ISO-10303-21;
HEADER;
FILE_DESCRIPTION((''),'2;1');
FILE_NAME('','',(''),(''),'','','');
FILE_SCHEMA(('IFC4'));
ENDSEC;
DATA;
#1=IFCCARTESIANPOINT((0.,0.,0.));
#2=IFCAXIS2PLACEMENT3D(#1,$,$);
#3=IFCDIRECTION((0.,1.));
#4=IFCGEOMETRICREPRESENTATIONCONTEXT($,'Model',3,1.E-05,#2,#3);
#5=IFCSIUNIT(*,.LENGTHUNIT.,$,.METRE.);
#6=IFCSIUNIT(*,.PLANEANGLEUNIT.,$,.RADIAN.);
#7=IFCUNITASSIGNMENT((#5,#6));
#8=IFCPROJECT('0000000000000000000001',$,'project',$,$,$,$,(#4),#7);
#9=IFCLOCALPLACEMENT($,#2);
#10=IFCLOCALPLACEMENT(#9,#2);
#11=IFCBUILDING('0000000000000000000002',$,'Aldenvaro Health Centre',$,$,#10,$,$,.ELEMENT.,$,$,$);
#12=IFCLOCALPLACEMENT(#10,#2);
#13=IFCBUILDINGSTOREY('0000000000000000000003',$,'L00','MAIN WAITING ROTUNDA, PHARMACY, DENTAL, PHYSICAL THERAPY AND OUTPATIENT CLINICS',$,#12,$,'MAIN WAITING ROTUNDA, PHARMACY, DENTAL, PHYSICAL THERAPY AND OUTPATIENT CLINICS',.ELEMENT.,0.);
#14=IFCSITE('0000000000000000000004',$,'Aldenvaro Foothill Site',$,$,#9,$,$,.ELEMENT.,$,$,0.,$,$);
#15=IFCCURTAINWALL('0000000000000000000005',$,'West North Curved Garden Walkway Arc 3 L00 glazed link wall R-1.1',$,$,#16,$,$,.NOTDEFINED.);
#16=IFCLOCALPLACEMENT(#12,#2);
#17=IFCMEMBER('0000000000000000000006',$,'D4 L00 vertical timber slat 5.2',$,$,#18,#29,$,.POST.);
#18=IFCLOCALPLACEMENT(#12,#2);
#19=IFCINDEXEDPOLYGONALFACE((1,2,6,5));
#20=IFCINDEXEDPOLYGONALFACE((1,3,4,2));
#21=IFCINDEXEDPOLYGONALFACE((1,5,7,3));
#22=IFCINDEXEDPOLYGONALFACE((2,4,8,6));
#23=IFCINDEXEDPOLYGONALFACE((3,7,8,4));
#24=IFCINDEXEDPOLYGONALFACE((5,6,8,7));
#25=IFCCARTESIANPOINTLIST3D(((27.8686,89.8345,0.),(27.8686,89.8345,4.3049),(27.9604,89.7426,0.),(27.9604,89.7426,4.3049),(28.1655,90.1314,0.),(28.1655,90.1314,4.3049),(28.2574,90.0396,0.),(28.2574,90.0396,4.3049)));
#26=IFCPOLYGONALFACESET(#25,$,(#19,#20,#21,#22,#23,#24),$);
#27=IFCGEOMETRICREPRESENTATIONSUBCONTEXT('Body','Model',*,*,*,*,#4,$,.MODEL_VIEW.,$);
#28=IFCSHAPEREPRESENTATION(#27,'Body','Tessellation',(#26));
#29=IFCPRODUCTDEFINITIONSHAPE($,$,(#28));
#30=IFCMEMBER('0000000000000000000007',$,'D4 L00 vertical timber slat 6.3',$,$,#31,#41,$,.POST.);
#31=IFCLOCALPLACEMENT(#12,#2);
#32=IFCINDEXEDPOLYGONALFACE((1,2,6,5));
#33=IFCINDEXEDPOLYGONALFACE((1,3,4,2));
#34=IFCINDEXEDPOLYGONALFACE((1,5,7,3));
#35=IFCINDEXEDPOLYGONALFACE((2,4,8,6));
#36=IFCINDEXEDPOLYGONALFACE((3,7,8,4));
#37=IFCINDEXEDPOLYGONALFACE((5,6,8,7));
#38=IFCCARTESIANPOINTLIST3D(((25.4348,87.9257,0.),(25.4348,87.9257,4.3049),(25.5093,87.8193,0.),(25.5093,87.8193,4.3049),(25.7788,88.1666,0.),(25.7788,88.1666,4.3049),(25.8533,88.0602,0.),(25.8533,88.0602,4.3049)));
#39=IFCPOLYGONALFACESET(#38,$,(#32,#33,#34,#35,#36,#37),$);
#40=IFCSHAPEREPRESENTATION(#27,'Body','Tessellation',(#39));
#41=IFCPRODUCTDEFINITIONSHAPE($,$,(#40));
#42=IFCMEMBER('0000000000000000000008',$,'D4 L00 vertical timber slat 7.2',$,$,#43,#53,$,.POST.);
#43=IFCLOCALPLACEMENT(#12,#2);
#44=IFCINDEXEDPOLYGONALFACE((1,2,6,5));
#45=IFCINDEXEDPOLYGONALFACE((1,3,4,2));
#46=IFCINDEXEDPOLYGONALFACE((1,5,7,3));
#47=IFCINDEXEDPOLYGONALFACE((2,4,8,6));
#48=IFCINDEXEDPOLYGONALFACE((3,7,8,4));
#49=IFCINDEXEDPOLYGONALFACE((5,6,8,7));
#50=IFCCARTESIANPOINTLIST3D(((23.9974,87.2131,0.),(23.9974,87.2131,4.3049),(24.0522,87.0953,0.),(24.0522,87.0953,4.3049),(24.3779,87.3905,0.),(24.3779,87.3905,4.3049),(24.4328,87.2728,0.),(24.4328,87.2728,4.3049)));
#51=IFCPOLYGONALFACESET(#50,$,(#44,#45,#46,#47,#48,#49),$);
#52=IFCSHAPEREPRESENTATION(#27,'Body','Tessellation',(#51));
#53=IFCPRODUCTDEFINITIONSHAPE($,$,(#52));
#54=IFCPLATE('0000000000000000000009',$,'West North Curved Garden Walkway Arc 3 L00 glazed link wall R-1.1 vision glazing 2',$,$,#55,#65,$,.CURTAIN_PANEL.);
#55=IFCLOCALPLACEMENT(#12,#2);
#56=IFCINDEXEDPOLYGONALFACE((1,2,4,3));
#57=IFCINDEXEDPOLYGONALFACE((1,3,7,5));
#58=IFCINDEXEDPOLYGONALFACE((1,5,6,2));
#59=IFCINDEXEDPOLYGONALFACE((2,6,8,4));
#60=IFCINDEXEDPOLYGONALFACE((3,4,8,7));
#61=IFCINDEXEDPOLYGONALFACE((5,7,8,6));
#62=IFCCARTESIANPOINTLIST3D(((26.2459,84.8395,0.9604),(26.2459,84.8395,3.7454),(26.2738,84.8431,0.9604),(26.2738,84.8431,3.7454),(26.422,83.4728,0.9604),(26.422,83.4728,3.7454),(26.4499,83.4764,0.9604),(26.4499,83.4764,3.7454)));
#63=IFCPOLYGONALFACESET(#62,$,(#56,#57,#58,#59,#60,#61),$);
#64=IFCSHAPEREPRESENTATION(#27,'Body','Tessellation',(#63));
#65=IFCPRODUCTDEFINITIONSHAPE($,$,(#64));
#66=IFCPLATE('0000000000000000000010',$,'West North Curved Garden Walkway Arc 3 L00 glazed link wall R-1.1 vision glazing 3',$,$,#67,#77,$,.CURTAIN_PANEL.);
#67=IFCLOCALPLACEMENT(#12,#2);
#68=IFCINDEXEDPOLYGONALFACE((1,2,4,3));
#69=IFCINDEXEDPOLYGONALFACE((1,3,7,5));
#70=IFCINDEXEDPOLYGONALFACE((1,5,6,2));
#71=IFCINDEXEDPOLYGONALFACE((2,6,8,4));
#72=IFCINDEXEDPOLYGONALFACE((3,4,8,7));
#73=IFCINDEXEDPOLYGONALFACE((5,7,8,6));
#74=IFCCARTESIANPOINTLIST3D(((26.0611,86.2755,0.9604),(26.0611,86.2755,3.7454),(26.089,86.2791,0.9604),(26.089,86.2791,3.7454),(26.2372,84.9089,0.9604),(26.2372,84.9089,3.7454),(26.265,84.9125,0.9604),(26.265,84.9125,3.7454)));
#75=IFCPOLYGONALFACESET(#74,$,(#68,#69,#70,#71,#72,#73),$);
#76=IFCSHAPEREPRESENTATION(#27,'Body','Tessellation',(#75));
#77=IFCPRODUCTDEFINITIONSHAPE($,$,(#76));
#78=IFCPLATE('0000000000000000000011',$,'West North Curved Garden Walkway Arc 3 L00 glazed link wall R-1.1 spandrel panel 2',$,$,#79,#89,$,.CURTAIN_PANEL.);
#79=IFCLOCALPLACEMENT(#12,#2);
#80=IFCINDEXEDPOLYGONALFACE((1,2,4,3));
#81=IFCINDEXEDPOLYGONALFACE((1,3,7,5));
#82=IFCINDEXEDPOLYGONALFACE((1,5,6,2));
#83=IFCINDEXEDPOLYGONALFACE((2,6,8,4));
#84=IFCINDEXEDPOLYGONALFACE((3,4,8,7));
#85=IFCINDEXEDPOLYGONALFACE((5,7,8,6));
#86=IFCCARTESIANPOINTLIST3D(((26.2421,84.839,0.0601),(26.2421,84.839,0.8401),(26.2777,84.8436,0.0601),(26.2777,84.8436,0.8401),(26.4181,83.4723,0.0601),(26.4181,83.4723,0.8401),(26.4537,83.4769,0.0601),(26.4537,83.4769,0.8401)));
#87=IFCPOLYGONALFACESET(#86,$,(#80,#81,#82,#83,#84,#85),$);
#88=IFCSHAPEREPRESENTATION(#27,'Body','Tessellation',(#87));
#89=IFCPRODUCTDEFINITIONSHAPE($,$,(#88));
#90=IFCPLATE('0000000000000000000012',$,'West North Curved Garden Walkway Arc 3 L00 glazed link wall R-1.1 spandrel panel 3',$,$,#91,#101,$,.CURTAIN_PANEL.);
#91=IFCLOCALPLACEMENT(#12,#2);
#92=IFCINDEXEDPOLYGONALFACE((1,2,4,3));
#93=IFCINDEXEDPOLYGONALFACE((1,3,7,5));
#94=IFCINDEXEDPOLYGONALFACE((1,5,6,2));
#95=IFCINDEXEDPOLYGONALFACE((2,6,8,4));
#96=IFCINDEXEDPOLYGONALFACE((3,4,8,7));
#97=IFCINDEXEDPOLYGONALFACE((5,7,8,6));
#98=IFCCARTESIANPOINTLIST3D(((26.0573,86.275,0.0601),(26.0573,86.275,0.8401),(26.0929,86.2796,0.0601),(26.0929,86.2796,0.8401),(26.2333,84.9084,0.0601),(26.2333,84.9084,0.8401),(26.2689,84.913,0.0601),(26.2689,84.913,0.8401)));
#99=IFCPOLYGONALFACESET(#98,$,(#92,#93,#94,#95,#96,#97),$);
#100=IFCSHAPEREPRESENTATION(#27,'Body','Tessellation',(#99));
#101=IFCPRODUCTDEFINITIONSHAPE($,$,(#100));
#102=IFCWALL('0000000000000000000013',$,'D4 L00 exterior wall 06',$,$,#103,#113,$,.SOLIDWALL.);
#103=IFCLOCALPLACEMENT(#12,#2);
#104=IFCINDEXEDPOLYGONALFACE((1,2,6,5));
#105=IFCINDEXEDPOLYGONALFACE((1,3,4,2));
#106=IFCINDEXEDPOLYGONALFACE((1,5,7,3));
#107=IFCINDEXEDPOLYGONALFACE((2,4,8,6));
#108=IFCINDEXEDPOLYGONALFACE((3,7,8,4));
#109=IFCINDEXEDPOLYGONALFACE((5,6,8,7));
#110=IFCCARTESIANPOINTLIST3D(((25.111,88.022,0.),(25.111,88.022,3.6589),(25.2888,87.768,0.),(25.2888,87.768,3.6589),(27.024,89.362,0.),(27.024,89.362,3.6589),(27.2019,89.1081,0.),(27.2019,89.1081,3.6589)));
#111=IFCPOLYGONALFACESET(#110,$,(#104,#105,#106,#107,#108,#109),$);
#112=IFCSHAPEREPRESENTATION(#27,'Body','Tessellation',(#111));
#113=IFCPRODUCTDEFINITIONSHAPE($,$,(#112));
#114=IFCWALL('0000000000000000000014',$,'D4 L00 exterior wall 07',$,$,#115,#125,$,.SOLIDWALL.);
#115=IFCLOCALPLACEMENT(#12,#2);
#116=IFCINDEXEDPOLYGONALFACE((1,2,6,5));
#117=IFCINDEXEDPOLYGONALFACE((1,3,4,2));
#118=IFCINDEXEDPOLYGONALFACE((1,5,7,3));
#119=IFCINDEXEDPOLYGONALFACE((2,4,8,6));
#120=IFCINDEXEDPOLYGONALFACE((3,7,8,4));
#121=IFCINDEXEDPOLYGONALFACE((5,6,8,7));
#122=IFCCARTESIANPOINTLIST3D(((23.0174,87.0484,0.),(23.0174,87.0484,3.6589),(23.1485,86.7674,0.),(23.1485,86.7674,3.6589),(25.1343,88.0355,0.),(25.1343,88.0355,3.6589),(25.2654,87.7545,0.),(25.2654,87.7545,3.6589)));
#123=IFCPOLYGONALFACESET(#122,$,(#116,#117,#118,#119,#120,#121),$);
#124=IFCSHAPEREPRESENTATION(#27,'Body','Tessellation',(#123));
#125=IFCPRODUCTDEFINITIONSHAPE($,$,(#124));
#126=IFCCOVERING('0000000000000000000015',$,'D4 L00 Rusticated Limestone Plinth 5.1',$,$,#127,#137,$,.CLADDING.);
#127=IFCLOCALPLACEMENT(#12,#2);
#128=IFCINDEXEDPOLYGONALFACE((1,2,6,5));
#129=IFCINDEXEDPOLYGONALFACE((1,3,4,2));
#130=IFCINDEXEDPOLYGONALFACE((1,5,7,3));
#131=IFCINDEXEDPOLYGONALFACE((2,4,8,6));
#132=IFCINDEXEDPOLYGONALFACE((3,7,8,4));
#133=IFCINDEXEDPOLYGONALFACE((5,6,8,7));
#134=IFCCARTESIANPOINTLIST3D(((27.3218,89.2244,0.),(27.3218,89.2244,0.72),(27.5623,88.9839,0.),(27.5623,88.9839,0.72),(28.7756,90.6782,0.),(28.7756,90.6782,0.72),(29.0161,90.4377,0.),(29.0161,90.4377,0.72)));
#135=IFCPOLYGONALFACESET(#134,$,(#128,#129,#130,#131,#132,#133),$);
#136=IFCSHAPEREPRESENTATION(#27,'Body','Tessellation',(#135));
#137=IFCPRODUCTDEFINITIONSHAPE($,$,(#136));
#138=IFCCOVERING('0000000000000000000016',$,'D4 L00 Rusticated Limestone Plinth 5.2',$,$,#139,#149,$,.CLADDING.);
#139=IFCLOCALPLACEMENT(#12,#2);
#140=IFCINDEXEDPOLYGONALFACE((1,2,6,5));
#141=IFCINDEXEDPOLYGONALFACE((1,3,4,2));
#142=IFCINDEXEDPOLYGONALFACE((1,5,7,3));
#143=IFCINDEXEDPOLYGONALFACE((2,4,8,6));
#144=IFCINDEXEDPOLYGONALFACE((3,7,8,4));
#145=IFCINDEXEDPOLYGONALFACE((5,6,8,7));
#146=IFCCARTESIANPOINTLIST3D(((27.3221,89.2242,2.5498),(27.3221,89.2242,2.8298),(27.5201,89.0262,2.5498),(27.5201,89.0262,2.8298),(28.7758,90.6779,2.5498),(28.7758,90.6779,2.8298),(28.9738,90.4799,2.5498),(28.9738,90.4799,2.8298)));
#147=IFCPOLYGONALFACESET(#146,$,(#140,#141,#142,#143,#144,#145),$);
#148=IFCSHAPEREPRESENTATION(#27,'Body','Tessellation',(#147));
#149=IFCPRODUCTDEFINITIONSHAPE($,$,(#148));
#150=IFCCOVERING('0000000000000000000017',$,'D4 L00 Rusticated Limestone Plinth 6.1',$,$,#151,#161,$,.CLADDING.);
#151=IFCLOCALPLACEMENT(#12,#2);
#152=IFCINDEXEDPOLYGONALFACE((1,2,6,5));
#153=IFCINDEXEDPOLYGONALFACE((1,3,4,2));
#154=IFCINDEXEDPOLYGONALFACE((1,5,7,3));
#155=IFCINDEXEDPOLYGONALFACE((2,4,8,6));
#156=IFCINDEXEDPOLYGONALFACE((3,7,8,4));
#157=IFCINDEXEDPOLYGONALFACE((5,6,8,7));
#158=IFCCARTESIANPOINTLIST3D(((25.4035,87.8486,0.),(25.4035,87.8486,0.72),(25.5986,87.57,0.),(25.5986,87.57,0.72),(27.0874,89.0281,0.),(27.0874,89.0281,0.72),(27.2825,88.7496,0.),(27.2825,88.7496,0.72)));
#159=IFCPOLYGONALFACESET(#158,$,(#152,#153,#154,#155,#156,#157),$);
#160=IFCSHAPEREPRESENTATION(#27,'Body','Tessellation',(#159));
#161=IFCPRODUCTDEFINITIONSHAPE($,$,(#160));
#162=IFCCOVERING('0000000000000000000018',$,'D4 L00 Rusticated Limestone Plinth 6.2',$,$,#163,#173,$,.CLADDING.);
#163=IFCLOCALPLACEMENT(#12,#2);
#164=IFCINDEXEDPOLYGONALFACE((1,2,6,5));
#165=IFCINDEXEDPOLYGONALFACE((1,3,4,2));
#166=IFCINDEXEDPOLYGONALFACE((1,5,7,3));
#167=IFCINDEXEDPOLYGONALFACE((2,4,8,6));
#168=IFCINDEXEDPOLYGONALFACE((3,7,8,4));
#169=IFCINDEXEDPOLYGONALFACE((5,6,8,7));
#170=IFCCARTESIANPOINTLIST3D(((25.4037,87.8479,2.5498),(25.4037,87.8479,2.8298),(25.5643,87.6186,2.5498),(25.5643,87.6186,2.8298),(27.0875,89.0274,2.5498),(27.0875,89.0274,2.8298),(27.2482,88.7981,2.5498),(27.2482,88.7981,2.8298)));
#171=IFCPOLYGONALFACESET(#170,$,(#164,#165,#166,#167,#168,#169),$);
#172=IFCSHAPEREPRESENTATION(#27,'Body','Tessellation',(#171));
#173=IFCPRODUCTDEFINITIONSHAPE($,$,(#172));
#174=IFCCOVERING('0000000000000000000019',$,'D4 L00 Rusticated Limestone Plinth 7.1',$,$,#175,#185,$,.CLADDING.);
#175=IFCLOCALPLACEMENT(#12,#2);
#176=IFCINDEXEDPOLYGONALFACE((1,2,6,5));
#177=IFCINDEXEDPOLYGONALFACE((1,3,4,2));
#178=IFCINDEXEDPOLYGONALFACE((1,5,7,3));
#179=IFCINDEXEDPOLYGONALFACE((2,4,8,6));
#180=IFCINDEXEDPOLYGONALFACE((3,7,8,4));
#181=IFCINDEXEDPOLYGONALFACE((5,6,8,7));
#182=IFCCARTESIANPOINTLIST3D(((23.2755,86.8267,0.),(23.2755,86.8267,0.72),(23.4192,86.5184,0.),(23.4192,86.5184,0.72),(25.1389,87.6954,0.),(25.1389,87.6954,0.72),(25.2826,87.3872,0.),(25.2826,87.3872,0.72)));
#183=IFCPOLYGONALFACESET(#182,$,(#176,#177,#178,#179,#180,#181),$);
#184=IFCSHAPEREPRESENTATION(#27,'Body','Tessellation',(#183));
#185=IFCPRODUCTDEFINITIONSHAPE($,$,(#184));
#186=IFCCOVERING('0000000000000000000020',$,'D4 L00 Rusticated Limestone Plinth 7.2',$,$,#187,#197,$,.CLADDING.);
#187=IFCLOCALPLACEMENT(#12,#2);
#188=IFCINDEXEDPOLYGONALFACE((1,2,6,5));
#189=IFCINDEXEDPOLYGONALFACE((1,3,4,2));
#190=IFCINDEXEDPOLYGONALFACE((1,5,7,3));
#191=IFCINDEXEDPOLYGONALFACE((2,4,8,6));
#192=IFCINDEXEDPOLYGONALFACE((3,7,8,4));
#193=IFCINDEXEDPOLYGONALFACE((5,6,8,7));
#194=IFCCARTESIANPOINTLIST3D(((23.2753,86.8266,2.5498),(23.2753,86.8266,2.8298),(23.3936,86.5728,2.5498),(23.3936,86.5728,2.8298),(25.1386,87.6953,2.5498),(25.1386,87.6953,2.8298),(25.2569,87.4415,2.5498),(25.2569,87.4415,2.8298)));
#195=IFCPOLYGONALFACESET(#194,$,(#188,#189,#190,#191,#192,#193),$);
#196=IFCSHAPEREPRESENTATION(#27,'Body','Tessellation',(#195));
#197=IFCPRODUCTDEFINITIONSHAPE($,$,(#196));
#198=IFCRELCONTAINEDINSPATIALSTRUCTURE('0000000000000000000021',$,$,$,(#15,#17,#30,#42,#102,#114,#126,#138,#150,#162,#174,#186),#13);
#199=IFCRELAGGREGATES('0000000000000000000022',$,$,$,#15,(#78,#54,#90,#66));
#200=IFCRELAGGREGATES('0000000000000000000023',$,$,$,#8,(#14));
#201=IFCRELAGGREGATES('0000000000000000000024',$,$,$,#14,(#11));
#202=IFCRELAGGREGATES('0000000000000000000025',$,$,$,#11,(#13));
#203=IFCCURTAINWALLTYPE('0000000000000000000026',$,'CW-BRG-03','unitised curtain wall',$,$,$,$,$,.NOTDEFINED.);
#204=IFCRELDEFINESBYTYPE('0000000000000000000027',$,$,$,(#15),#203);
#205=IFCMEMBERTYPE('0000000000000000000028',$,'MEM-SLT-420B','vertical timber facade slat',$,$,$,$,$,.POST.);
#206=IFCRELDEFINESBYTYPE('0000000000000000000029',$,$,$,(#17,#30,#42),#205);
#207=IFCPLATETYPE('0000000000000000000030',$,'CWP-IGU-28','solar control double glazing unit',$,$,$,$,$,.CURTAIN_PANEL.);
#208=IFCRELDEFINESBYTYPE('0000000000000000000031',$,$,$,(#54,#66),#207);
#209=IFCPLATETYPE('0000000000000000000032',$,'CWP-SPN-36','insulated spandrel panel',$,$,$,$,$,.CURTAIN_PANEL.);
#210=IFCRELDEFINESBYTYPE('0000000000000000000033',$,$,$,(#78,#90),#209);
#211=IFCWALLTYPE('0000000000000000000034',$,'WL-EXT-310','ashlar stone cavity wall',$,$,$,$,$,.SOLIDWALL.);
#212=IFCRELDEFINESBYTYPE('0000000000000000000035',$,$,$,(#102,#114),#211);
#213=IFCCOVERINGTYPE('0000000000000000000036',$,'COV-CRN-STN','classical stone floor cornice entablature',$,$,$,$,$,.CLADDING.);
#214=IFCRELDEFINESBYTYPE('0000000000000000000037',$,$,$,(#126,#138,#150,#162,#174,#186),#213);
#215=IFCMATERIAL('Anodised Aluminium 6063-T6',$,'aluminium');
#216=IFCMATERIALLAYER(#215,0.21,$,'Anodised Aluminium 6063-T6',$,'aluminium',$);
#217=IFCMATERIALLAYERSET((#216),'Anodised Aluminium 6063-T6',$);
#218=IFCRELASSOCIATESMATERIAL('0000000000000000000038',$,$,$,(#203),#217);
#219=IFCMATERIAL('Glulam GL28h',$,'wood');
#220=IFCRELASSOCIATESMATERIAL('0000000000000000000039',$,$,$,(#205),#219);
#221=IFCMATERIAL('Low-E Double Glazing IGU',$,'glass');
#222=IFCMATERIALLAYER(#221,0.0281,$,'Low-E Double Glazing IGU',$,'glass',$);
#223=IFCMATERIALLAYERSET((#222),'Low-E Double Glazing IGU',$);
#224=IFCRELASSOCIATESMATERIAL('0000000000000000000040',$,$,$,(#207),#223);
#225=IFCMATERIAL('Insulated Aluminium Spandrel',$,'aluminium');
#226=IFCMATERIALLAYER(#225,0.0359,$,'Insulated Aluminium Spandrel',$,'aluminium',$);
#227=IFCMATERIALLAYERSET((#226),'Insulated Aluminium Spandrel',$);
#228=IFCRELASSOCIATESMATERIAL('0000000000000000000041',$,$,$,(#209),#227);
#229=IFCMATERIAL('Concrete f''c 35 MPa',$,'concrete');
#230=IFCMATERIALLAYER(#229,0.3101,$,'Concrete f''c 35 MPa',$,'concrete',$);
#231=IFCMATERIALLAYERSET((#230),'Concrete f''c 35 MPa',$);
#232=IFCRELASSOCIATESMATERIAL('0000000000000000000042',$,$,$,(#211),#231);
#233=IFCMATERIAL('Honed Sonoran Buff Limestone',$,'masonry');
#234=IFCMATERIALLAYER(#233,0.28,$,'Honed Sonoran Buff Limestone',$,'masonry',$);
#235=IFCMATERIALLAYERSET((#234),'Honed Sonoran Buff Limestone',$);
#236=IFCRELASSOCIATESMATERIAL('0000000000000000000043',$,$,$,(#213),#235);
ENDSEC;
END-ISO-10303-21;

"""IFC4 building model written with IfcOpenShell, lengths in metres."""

from ifc_helpers import new_model, si_unit, direction, frame, frame_2d, origin, origin_2d, place, context, subcontext, project, spatial, rectangle, extrude, material, layer, layer_set, material_profile, profile_set, type_object, element, aggregate, save


model = new_model("IFC4")

# Units and contexts
model_context = context("Model", 3, precision=1e-05, world=origin(), true_north=direction((0.0, 1.0)))
body_context = subcontext(model_context, "Body", "Model", "MODEL_VIEW")
ifc_project = project(units=[si_unit("LENGTHUNIT", "METRE"), si_unit("PLANEANGLEUNIT", "RADIAN")], contexts=[model_context])

# Site, building, storey
site_placement = place(None, origin())
site = spatial("IfcSite", under=ifc_project, at=site_placement, Name="Aldenvaro Foothill Site", CompositionType="ELEMENT", RefElevation=0.0)
building_placement = place(site_placement, origin())
building = spatial("IfcBuilding", under=site, at=building_placement, Name="Aldenvaro Health Centre", CompositionType="ELEMENT")
storey_placement = place(building_placement, origin())
storey = spatial("IfcBuildingStorey", under=building, at=storey_placement, Name="L00", Description="MAIN WAITING ROTUNDA, PHARMACY, DENTAL, PHYSICAL THERAPY AND OUTPATIENT CLINICS", LongName="MAIN WAITING ROTUNDA, PHARMACY, DENTAL, PHYSICAL THERAPY AND OUTPATIENT CLINICS", CompositionType="ELEMENT", Elevation=0.0)

# Shared definitions
ifc_material_1 = material(Name="Glulam GL28h", Category="wood")

# Curtain wall
ifc_material_2 = material(Name="Anodised Aluminium 6063-T6", Category="aluminium")
ifc_layer_1 = layer(ifc_material_2, 0.21, Name="Anodised Aluminium 6063-T6", Category="aluminium")
ifc_layer_set_1 = layer_set([ifc_layer_1], Name="Anodised Aluminium 6063-T6")
curtain_wall_type = type_object("IfcCurtainWallType", Name="CW-BRG-03", Description="unitised curtain wall", PredefinedType="NOTDEFINED", material=ifc_layer_set_1)
curtain_wall_placement = place(storey_placement, origin())
curtain_wall = element("IfcCurtainWall", 1, at=curtain_wall_placement, inside=storey, type_object=curtain_wall_type, Name="West North Curved Garden Walkway Arc 3 L00 glazed link wall R-1.1", PredefinedType="NOTDEFINED")

# Members
ifc_material_profile_1 = material_profile(ifc_material_1, rectangle(XDim=0.1299, YDim=0.4199, at=origin_2d()), Name="GL 130x420", Category="wood")
ifc_profile_set_1 = profile_set([ifc_material_profile_1], Name="Glulam GL28h")
member_type_1 = type_object("IfcMemberType", Name="MEM-SLT-420B", Description="vertical timber facade slat", PredefinedType="POST", material=ifc_profile_set_1)
for number, where, z_axis, x_axis, name in (
    (2, (28.063, 89.937, 0.0), (0.0, 0.0, 1.0), (0.707107, -0.707107, 0.0), "D4 L00 vertical timber slat 5.2"),
    (3, (25.644, 87.9929, 0.0), (0.0, 0.0, 1.0), (0.573721, -0.819051, 0.0), "D4 L00 vertical timber slat 6.3"),
    (4, (24.2151, 87.2429, 0.0), (0.0, 0.0, 1.0), (0.422557, -0.906336, 0.0), "D4 L00 vertical timber slat 7.2"),
):
    element("IfcMember", number, at=place(storey_placement, frame(where, z_axis=z_axis, x_axis=x_axis)), inside=storey, type_object=member_type_1, Name=name, PredefinedType="POST", context=body_context, shape_type="SweptSolid", body=[
        extrude(rectangle(XDim=0.1299, YDim=0.4199, at=origin_2d()), origin(), (0.0, 0.0, 1.0), 4.3049),
    ])

# Plates
ifc_material_3 = material(Name="Low-E Double Glazing IGU", Category="glass")
ifc_layer_2 = layer(ifc_material_3, 0.0281, Name="Low-E Double Glazing IGU", Category="glass")
ifc_layer_set_2 = layer_set([ifc_layer_2], Name="Low-E Double Glazing IGU")
plate_type_1 = type_object("IfcPlateType", Name="CWP-IGU-28", Description="solar control double glazing unit", PredefinedType="CURTAIN_PANEL", material=ifc_layer_set_2)
plate_1_placement = place(storey_placement, frame((26.3479, 84.158, 0.9604), z_axis=(0.0, 0.0, 1.0), x_axis=(-0.127774, 0.991803, 0.0)))
plate_1 = element("IfcPlate", 5, at=plate_1_placement, type_object=plate_type_1, Name="West North Curved Garden Walkway Arc 3 L00 glazed link wall R-1.1 vision glazing 2", PredefinedType="CURTAIN_PANEL", context=body_context, shape_type="SweptSolid", body=[
    extrude(rectangle(XDim=1.3779, YDim=0.0281, at=origin_2d()), origin(), (0.0, 0.0, 1.0), 2.7849),
])
plate_2_placement = place(storey_placement, frame((26.1631, 85.594, 0.9604), z_axis=(0.0, 0.0, 1.0), x_axis=(-0.127774, 0.991803, 0.0)))
plate_2 = element("IfcPlate", 6, at=plate_2_placement, type_object=plate_type_1, Name="West North Curved Garden Walkway Arc 3 L00 glazed link wall R-1.1 vision glazing 3", PredefinedType="CURTAIN_PANEL", context=body_context, shape_type="SweptSolid", body=[
    extrude(rectangle(XDim=1.3779, YDim=0.0281, at=origin_2d()), origin(), (0.0, 0.0, 1.0), 2.7849),
])
ifc_material_4 = material(Name="Insulated Aluminium Spandrel", Category="aluminium")
ifc_layer_3 = layer(ifc_material_4, 0.0359, Name="Insulated Aluminium Spandrel", Category="aluminium")
ifc_layer_set_3 = layer_set([ifc_layer_3], Name="Insulated Aluminium Spandrel")
plate_type_2 = type_object("IfcPlateType", Name="CWP-SPN-36", Description="insulated spandrel panel", PredefinedType="CURTAIN_PANEL", material=ifc_layer_set_3)
plate_3_placement = place(storey_placement, frame((26.3479, 84.158, 0.0601), z_axis=(0.0, 0.0, 1.0), x_axis=(-0.127774, 0.991803, 0.0)))
plate_3 = element("IfcPlate", 7, at=plate_3_placement, type_object=plate_type_2, Name="West North Curved Garden Walkway Arc 3 L00 glazed link wall R-1.1 spandrel panel 2", PredefinedType="CURTAIN_PANEL", context=body_context, shape_type="SweptSolid", body=[
    extrude(rectangle(XDim=1.3779, YDim=0.0359, at=origin_2d()), origin(), (0.0, 0.0, 1.0), 0.78),
])
plate_4_placement = place(storey_placement, frame((26.1631, 85.594, 0.0601), z_axis=(0.0, 0.0, 1.0), x_axis=(-0.127774, 0.991803, 0.0)))
plate_4 = element("IfcPlate", 8, at=plate_4_placement, type_object=plate_type_2, Name="West North Curved Garden Walkway Arc 3 L00 glazed link wall R-1.1 spandrel panel 3", PredefinedType="CURTAIN_PANEL", context=body_context, shape_type="SweptSolid", body=[
    extrude(rectangle(XDim=1.3779, YDim=0.0359, at=origin_2d()), origin(), (0.0, 0.0, 1.0), 0.78),
])
aggregate(curtain_wall, [plate_3, plate_1, plate_4, plate_2])

# Walls
ifc_material_5 = material(Name="Concrete f'c 35 MPa", Category="concrete")
ifc_layer_4 = layer(ifc_material_5, 0.3101, Name="Concrete f'c 35 MPa", Category="concrete")
ifc_layer_set_4 = layer_set([ifc_layer_4], Name="Concrete f'c 35 MPa")
wall_type = type_object("IfcWallType", Name="WL-EXT-310", Description="ashlar stone cavity wall", PredefinedType="SOLIDWALL", material=ifc_layer_set_4)
for number, where, z_axis, x_axis, name in (
    (9, (27.113, 89.2351, 0.0), (0.0, 0.0, 1.0), (-0.819045, -0.573729, 0.0), "D4 L00 exterior wall 06"),
    (10, (25.2, 87.895, 0.0), (0.0, 0.0, 1.0), (-0.906322, -0.422588, 0.0), "D4 L00 exterior wall 07"),
):
    element("IfcWall", number, at=place(storey_placement, frame(where, z_axis=z_axis, x_axis=x_axis)), inside=storey, type_object=wall_type, Name=name, PredefinedType="SOLIDWALL", context=body_context, shape_type="SweptSolid", body=[
        extrude(rectangle(XDim=2.3357, YDim=0.3101, at=frame_2d((1.168, 0.0))), origin(), (0.0, 0.0, 1.0), 3.6589),
    ])

# Coverings
ifc_material_6 = material(Name="Honed Sonoran Buff Limestone", Category="masonry")
ifc_layer_5 = layer(ifc_material_6, 0.28, Name="Honed Sonoran Buff Limestone", Category="masonry")
ifc_layer_set_5 = layer_set([ifc_layer_5], Name="Honed Sonoran Buff Limestone")
covering_type = type_object("IfcCoveringType", Name="COV-CRN-STN", Description="classical stone floor cornice entablature", PredefinedType="CLADDING", material=ifc_layer_set_5)
covering_1_placement = place(storey_placement, frame((28.1689, 89.8311, 0.0), z_axis=(0.0, 0.0, 1.0), x_axis=(-0.707107, -0.707107, 0.0)))
element("IfcCovering", 11, at=covering_1_placement, inside=storey, type_object=covering_type, Name="D4 L00 Rusticated Limestone Plinth 5.1", PredefinedType="CLADDING", context=body_context, shape_type="SweptSolid", body=[
    extrude(rectangle(XDim=2.0559, YDim=0.3401, at=origin_2d()), origin(), (0.0, 0.0, 1.0), 0.72),
])
covering_2_placement = place(storey_placement, frame((28.1479, 89.8521, 2.5498), z_axis=(0.0, 0.0, 1.0), x_axis=(-0.707107, -0.707107, 0.0)))
element("IfcCovering", 12, at=covering_2_placement, inside=storey, type_object=covering_type, Name="D4 L00 Rusticated Limestone Plinth 5.2", PredefinedType="CLADDING", context=body_context, shape_type="SweptSolid", body=[
    extrude(rectangle(XDim=2.0559, YDim=0.28, at=origin_2d()), origin(), (0.0, 0.0, 1.0), 0.28),
])
covering_3_placement = place(storey_placement, frame((26.343, 88.2991, 0.0), z_axis=(0.0, 0.0, 1.0), x_axis=(-0.819051, -0.573721, 0.0)))
element("IfcCovering", 13, at=covering_3_placement, inside=storey, type_object=covering_type, Name="D4 L00 Rusticated Limestone Plinth 6.1", PredefinedType="CLADDING", context=body_context, shape_type="SweptSolid", body=[
    extrude(rectangle(XDim=2.0559, YDim=0.3401, at=origin_2d()), origin(), (0.0, 0.0, 1.0), 0.72),
])
covering_4_placement = place(storey_placement, frame((26.3259, 88.323, 2.5498), z_axis=(0.0, 0.0, 1.0), x_axis=(-0.819051, -0.573721, 0.0)))
element("IfcCovering", 14, at=covering_4_placement, inside=storey, type_object=covering_type, Name="D4 L00 Rusticated Limestone Plinth 6.2", PredefinedType="CLADDING", context=body_context, shape_type="SweptSolid", body=[
    extrude(rectangle(XDim=2.0559, YDim=0.28, at=origin_2d()), origin(), (0.0, 0.0, 1.0), 0.28),
])
covering_5_placement = place(storey_placement, frame((24.2791, 87.1069, 0.0), z_axis=(0.0, 0.0, 1.0), x_axis=(-0.906336, -0.422557, 0.0)))
element("IfcCovering", 15, at=covering_5_placement, inside=storey, type_object=covering_type, Name="D4 L00 Rusticated Limestone Plinth 7.1", PredefinedType="CLADDING", context=body_context, shape_type="SweptSolid", body=[
    extrude(rectangle(XDim=2.0559, YDim=0.3401, at=origin_2d()), origin(), (0.0, 0.0, 1.0), 0.72),
])
covering_6_placement = place(storey_placement, frame((24.2661, 87.134, 2.5498), z_axis=(0.0, 0.0, 1.0), x_axis=(-0.906336, -0.422557, 0.0)))
element("IfcCovering", 16, at=covering_6_placement, inside=storey, type_object=covering_type, Name="D4 L00 Rusticated Limestone Plinth 7.2", PredefinedType="CLADDING", context=body_context, shape_type="SweptSolid", body=[
    extrude(rectangle(XDim=2.0559, YDim=0.28, at=origin_2d()), origin(), (0.0, 0.0, 1.0), 0.28),
])

save(model, "model.ifc")
